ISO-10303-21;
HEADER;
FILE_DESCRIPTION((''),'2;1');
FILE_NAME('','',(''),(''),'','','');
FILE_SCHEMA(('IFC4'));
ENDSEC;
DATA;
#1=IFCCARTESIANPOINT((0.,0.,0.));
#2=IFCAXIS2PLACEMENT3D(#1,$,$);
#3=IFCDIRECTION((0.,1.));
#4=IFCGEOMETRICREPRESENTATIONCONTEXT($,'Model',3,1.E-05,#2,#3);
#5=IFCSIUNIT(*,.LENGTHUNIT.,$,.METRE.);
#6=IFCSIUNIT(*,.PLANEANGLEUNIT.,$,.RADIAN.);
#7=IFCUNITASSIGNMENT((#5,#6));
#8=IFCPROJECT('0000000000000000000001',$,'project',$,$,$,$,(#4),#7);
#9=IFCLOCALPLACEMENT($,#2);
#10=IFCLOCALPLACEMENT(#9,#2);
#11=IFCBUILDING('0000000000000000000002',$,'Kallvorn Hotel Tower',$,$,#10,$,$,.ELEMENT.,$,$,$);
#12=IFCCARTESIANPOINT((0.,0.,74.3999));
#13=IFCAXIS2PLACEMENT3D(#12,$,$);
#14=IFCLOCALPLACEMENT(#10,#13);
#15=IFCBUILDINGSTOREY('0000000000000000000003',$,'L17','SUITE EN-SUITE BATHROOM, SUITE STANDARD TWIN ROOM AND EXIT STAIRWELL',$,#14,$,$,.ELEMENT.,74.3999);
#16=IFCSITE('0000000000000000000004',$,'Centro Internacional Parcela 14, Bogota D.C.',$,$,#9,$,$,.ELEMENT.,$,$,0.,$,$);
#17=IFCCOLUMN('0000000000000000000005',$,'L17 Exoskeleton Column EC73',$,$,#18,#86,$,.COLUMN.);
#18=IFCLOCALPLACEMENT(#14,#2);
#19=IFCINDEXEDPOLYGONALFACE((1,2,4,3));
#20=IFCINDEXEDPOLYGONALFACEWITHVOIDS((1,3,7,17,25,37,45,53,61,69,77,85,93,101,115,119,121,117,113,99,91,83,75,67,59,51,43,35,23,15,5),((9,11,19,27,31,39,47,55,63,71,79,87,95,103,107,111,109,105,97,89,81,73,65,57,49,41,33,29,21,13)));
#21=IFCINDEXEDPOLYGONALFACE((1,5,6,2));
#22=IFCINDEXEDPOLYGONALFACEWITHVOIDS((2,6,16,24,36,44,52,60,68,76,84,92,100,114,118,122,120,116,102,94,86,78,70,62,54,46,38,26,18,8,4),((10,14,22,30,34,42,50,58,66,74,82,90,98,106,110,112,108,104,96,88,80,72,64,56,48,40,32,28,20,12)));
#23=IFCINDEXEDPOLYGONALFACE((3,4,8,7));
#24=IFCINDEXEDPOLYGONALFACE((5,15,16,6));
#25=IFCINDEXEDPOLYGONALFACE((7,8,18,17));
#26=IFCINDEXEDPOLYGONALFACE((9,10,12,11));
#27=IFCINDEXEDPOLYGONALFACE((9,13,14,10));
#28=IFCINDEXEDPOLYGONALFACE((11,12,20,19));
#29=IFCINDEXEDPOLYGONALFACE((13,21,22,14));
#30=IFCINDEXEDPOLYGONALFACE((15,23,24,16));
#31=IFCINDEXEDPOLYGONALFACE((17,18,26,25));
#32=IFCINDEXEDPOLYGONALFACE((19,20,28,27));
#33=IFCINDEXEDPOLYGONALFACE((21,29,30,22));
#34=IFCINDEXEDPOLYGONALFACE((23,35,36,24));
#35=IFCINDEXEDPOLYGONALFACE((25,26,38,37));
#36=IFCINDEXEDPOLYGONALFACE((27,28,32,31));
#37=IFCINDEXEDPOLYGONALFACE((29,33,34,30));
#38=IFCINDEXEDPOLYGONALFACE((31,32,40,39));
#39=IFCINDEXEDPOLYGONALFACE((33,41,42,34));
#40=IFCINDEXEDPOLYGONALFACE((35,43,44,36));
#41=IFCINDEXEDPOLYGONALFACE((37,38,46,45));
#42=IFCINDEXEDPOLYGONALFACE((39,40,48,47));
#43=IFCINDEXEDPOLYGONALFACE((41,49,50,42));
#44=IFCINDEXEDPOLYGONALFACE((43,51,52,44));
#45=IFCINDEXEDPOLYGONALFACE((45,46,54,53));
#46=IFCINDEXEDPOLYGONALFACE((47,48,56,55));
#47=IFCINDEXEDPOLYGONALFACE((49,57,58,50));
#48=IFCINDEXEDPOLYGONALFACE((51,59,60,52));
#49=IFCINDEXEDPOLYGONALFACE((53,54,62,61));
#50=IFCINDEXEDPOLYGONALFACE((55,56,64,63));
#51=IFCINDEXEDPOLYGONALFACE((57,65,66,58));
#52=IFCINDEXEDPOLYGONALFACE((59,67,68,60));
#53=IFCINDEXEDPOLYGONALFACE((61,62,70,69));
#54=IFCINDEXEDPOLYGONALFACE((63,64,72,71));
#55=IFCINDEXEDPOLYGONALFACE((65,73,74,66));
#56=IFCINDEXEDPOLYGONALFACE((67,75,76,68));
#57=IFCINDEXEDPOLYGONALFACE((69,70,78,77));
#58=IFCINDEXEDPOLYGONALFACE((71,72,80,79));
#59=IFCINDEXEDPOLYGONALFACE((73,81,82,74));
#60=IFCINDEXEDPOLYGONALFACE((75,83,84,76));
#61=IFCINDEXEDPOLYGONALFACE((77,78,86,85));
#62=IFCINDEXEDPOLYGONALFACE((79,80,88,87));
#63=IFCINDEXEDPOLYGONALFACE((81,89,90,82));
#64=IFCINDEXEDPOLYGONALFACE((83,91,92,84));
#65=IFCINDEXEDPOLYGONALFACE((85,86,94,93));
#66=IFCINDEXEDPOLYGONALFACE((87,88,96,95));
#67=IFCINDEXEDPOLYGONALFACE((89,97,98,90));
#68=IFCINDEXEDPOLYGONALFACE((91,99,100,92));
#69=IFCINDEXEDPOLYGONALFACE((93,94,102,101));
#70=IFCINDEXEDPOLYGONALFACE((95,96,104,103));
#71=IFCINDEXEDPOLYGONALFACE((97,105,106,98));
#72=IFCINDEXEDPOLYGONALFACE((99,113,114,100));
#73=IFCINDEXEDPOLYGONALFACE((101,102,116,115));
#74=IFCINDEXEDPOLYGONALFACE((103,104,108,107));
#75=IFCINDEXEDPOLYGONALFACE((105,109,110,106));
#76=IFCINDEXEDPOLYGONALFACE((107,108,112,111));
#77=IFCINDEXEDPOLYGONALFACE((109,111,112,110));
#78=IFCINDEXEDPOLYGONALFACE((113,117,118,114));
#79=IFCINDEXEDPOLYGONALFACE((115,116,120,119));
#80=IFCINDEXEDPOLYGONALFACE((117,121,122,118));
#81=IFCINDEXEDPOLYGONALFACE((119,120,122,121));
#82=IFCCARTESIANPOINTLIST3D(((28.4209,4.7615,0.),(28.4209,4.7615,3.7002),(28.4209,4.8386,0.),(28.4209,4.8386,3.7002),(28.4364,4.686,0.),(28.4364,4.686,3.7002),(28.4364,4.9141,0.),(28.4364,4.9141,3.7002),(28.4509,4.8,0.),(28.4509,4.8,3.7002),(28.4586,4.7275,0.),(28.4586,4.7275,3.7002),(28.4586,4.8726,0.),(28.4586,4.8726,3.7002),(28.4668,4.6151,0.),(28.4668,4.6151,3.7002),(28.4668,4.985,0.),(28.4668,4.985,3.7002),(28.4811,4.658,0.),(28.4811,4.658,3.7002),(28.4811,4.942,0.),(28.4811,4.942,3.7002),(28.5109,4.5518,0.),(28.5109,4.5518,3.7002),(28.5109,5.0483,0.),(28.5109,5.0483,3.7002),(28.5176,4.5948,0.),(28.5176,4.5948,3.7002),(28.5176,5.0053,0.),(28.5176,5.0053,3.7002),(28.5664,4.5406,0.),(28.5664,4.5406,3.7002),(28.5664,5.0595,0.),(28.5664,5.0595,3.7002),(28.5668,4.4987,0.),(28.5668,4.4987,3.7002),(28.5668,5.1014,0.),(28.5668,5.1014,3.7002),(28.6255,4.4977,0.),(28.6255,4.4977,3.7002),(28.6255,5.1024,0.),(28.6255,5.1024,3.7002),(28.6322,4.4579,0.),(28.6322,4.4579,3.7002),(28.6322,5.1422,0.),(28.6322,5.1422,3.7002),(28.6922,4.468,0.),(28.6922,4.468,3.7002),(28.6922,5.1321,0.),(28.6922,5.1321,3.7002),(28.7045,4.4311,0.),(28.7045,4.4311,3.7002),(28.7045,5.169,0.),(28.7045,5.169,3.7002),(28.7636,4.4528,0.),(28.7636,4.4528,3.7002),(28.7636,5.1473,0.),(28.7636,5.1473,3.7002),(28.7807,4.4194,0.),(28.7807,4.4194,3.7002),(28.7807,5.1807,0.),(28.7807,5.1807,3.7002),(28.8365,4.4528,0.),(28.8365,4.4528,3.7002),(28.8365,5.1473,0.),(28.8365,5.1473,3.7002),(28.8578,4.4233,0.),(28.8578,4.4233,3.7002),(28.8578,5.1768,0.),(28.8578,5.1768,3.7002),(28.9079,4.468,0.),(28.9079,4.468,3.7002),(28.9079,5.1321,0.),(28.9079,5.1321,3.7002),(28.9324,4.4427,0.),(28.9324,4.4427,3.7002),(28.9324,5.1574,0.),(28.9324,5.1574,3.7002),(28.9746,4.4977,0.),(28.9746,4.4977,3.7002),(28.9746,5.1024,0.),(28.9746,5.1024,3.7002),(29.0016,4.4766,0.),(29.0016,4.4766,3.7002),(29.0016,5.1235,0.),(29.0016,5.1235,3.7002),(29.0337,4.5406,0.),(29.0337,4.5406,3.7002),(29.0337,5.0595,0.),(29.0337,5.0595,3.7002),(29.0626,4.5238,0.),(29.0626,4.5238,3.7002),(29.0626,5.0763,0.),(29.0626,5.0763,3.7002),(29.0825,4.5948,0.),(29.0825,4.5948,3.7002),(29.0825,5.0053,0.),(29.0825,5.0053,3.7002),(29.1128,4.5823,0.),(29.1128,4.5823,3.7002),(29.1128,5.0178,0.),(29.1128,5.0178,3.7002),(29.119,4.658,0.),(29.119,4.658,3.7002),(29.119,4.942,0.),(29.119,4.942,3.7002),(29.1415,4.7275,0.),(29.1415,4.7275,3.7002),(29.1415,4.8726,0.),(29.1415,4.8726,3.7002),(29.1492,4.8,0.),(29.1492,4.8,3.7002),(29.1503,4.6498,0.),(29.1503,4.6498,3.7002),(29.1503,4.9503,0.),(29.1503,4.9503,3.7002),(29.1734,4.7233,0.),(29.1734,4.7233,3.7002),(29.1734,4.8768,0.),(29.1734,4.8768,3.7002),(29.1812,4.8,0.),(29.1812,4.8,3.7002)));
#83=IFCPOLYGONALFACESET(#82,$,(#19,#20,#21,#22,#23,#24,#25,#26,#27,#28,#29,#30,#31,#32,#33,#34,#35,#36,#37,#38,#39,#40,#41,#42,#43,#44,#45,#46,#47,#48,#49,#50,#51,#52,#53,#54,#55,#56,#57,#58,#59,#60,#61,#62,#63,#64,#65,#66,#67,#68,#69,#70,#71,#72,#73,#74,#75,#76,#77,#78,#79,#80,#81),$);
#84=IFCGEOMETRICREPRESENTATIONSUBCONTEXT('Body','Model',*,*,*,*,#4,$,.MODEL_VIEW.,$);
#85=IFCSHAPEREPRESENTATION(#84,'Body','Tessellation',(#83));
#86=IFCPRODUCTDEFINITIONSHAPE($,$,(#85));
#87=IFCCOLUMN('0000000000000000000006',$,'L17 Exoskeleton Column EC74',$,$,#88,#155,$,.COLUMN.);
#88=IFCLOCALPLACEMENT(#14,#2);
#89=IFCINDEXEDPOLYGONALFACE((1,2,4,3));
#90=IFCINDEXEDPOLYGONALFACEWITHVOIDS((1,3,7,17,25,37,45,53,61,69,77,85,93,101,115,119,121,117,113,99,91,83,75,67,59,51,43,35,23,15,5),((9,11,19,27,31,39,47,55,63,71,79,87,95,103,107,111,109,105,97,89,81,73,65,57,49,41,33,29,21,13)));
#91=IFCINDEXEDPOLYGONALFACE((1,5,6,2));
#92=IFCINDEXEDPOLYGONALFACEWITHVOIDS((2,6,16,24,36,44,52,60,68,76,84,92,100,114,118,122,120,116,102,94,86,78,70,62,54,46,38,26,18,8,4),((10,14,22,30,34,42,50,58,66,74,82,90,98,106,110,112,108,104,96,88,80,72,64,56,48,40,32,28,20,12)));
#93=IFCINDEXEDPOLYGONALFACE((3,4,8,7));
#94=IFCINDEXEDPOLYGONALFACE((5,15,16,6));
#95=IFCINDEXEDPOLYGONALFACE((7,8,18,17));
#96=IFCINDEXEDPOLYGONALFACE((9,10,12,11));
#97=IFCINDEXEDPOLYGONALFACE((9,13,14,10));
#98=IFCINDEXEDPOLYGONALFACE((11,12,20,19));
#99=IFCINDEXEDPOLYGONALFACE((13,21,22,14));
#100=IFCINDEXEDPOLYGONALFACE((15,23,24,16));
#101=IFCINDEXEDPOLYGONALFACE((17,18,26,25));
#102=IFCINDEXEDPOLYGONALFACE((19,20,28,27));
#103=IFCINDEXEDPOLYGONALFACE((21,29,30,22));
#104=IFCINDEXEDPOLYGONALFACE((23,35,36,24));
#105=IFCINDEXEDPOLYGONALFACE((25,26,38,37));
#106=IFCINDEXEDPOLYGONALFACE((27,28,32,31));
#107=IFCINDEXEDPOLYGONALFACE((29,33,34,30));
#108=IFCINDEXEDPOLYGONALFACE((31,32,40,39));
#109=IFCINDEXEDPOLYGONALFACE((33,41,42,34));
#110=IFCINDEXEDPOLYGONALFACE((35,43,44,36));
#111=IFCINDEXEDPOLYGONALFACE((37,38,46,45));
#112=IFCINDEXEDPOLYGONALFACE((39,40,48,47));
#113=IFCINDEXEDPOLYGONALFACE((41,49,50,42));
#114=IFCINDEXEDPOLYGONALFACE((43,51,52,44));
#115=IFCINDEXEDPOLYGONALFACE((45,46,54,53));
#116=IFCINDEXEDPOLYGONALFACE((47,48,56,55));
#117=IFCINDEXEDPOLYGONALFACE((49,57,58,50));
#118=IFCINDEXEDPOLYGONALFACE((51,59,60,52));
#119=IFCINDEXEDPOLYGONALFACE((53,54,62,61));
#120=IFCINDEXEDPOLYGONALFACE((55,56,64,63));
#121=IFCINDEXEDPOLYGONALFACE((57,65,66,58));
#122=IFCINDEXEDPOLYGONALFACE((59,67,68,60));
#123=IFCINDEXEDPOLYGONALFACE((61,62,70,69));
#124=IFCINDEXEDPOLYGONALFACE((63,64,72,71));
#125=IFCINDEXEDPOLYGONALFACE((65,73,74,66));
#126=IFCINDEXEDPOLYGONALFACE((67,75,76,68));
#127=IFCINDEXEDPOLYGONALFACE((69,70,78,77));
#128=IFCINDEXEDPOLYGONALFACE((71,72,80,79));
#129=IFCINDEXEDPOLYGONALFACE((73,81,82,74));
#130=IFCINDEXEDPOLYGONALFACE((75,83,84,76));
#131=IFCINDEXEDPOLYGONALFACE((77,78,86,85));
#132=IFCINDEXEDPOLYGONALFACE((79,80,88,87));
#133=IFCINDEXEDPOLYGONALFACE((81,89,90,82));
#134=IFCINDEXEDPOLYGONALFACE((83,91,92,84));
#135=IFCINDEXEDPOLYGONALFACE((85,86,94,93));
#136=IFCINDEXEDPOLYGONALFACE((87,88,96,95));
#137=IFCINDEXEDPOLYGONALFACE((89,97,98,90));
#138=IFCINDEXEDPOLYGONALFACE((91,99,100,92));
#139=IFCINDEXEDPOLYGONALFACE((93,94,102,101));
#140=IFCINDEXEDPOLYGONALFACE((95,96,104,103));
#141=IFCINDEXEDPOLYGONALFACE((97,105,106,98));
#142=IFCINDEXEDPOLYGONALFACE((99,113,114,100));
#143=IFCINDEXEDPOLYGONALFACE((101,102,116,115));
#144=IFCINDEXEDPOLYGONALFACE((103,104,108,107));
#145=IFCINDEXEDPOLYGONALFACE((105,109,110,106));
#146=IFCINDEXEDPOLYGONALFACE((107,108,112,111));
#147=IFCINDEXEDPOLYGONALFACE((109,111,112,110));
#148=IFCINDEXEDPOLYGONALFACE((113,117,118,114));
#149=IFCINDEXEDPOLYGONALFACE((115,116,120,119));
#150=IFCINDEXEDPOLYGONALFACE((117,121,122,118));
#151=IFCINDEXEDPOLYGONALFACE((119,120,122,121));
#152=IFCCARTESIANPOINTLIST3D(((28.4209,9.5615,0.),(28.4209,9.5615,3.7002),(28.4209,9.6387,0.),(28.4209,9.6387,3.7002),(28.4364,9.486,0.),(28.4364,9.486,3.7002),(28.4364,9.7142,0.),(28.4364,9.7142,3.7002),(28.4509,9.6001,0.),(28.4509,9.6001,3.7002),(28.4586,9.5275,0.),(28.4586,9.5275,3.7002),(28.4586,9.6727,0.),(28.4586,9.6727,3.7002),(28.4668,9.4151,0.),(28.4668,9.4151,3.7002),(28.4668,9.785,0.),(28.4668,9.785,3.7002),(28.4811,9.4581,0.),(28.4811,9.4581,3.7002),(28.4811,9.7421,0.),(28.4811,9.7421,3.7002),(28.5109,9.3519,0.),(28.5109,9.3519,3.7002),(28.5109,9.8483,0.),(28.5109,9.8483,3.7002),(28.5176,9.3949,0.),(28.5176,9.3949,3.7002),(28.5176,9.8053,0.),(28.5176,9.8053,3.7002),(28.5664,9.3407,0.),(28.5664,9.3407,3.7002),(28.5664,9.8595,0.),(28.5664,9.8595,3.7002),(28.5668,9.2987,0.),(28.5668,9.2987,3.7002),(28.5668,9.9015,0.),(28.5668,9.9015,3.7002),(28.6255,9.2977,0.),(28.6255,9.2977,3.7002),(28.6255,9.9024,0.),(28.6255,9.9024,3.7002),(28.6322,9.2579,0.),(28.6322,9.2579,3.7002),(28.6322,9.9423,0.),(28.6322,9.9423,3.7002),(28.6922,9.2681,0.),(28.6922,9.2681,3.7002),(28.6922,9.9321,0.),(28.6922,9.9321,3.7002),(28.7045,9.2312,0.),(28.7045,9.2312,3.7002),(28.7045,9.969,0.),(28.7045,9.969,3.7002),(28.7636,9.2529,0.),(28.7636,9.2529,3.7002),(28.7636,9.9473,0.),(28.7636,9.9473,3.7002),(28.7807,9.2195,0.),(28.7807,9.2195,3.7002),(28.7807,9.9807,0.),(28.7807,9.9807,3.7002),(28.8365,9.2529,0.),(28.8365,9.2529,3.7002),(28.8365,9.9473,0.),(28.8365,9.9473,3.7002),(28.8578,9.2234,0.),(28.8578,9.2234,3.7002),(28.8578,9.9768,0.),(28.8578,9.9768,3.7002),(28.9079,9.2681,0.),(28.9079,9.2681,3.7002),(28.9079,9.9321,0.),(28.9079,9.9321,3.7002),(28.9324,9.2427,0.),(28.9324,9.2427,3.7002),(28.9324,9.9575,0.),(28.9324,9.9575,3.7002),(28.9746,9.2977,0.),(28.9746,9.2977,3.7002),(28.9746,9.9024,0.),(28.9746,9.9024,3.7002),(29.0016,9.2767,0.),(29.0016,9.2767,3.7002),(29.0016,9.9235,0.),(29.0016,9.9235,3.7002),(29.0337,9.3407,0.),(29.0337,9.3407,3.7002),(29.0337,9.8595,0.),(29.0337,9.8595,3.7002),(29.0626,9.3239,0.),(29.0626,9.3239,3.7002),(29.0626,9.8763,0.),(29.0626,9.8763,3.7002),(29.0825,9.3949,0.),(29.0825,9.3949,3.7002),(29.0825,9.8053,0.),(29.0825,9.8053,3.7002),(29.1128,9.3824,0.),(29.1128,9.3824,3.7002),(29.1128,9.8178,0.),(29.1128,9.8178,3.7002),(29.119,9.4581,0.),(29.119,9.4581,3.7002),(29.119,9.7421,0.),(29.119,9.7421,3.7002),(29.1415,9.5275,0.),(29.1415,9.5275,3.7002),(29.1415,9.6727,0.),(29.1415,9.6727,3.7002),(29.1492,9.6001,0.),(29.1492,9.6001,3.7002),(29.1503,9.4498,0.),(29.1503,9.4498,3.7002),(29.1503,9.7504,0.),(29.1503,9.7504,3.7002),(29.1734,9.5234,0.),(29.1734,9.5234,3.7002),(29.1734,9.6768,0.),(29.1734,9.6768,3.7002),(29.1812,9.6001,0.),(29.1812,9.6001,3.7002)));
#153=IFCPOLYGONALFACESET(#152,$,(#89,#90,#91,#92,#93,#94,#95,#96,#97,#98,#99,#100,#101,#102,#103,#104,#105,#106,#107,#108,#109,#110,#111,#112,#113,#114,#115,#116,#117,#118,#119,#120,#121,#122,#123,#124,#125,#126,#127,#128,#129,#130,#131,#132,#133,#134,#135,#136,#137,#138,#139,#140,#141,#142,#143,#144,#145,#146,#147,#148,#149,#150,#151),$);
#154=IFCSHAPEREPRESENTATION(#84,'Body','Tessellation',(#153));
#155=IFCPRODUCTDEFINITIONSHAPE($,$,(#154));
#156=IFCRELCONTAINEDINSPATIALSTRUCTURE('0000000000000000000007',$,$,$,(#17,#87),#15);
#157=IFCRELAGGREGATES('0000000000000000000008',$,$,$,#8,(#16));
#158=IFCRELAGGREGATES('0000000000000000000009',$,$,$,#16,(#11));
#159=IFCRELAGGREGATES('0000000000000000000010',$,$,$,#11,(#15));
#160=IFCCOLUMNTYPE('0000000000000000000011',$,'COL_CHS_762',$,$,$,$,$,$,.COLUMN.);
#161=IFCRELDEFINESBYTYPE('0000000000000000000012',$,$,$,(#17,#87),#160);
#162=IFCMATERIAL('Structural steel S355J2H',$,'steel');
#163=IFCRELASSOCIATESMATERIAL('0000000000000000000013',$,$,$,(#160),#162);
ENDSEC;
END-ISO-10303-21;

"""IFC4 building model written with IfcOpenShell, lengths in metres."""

from ifc_helpers import new_model, si_unit, direction, frame, origin, origin_2d, place, context, subcontext, project, spatial, hollow_circle, extrude, material, material_profile, profile_set, type_object, element, save


model = new_model("IFC4")

# Units and contexts
model_context = context("Model", 3, precision=1e-05, world=origin(), true_north=direction((0.0, 1.0)))
body_context = subcontext(model_context, "Body", "Model", "MODEL_VIEW")
ifc_project = project(units=[si_unit("LENGTHUNIT", "METRE"), si_unit("PLANEANGLEUNIT", "RADIAN")], contexts=[model_context])

# Site, building, storey
site_placement = place(None, origin())
site = spatial("IfcSite", under=ifc_project, at=site_placement, Name="Centro Internacional Parcela 14, Bogota D.C.", CompositionType="ELEMENT", RefElevation=0.0)
building_placement = place(site_placement, origin())
building = spatial("IfcBuilding", under=site, at=building_placement, Name="Kallvorn Hotel Tower", CompositionType="ELEMENT")
storey_placement = place(building_placement, frame((0.0, 0.0, 74.3999)))
storey = spatial("IfcBuildingStorey", under=building, at=storey_placement, Name="L17", Description="SUITE EN-SUITE BATHROOM, SUITE STANDARD TWIN ROOM AND EXIT STAIRWELL", CompositionType="ELEMENT", Elevation=74.3999)

# Columns
ifc_material_1 = material(Name="Structural steel S355J2H", Category="steel")
ifc_material_profile_1 = material_profile(ifc_material_1, hollow_circle(Radius=0.3811, WallThickness=0.032, at=origin_2d()), Name="CHS 762x32")
ifc_profile_set_1 = profile_set([ifc_material_profile_1], Name="Structural steel S355J2H")
column_type_1 = type_object("IfcColumnType", Name="COL_CHS_762", PredefinedType="COLUMN", material=ifc_profile_set_1)
for number, where, z_axis, x_axis, name in (
    (1, (28.8, 4.8, 0.0), (0.0, 0.0, 1.0), (1.0, 0.0, 0.0), "L17 Exoskeleton Column EC73"),
    (2, (28.8, 9.6001, 0.0), (0.0, 0.0, 1.0), (1.0, 0.0, 0.0), "L17 Exoskeleton Column EC74"),
):
    element("IfcColumn", number, at=place(storey_placement, frame(where, z_axis=z_axis, x_axis=x_axis)), inside=storey, type_object=column_type_1, Name=name, PredefinedType="COLUMN", context=body_context, shape_type="SweptSolid", body=[
        extrude(hollow_circle(Radius=0.3811, WallThickness=0.032, at=origin_2d()), origin(), (0.0, 0.0, 1.0), 3.7002),
    ])

save(model, "model.ifc")
